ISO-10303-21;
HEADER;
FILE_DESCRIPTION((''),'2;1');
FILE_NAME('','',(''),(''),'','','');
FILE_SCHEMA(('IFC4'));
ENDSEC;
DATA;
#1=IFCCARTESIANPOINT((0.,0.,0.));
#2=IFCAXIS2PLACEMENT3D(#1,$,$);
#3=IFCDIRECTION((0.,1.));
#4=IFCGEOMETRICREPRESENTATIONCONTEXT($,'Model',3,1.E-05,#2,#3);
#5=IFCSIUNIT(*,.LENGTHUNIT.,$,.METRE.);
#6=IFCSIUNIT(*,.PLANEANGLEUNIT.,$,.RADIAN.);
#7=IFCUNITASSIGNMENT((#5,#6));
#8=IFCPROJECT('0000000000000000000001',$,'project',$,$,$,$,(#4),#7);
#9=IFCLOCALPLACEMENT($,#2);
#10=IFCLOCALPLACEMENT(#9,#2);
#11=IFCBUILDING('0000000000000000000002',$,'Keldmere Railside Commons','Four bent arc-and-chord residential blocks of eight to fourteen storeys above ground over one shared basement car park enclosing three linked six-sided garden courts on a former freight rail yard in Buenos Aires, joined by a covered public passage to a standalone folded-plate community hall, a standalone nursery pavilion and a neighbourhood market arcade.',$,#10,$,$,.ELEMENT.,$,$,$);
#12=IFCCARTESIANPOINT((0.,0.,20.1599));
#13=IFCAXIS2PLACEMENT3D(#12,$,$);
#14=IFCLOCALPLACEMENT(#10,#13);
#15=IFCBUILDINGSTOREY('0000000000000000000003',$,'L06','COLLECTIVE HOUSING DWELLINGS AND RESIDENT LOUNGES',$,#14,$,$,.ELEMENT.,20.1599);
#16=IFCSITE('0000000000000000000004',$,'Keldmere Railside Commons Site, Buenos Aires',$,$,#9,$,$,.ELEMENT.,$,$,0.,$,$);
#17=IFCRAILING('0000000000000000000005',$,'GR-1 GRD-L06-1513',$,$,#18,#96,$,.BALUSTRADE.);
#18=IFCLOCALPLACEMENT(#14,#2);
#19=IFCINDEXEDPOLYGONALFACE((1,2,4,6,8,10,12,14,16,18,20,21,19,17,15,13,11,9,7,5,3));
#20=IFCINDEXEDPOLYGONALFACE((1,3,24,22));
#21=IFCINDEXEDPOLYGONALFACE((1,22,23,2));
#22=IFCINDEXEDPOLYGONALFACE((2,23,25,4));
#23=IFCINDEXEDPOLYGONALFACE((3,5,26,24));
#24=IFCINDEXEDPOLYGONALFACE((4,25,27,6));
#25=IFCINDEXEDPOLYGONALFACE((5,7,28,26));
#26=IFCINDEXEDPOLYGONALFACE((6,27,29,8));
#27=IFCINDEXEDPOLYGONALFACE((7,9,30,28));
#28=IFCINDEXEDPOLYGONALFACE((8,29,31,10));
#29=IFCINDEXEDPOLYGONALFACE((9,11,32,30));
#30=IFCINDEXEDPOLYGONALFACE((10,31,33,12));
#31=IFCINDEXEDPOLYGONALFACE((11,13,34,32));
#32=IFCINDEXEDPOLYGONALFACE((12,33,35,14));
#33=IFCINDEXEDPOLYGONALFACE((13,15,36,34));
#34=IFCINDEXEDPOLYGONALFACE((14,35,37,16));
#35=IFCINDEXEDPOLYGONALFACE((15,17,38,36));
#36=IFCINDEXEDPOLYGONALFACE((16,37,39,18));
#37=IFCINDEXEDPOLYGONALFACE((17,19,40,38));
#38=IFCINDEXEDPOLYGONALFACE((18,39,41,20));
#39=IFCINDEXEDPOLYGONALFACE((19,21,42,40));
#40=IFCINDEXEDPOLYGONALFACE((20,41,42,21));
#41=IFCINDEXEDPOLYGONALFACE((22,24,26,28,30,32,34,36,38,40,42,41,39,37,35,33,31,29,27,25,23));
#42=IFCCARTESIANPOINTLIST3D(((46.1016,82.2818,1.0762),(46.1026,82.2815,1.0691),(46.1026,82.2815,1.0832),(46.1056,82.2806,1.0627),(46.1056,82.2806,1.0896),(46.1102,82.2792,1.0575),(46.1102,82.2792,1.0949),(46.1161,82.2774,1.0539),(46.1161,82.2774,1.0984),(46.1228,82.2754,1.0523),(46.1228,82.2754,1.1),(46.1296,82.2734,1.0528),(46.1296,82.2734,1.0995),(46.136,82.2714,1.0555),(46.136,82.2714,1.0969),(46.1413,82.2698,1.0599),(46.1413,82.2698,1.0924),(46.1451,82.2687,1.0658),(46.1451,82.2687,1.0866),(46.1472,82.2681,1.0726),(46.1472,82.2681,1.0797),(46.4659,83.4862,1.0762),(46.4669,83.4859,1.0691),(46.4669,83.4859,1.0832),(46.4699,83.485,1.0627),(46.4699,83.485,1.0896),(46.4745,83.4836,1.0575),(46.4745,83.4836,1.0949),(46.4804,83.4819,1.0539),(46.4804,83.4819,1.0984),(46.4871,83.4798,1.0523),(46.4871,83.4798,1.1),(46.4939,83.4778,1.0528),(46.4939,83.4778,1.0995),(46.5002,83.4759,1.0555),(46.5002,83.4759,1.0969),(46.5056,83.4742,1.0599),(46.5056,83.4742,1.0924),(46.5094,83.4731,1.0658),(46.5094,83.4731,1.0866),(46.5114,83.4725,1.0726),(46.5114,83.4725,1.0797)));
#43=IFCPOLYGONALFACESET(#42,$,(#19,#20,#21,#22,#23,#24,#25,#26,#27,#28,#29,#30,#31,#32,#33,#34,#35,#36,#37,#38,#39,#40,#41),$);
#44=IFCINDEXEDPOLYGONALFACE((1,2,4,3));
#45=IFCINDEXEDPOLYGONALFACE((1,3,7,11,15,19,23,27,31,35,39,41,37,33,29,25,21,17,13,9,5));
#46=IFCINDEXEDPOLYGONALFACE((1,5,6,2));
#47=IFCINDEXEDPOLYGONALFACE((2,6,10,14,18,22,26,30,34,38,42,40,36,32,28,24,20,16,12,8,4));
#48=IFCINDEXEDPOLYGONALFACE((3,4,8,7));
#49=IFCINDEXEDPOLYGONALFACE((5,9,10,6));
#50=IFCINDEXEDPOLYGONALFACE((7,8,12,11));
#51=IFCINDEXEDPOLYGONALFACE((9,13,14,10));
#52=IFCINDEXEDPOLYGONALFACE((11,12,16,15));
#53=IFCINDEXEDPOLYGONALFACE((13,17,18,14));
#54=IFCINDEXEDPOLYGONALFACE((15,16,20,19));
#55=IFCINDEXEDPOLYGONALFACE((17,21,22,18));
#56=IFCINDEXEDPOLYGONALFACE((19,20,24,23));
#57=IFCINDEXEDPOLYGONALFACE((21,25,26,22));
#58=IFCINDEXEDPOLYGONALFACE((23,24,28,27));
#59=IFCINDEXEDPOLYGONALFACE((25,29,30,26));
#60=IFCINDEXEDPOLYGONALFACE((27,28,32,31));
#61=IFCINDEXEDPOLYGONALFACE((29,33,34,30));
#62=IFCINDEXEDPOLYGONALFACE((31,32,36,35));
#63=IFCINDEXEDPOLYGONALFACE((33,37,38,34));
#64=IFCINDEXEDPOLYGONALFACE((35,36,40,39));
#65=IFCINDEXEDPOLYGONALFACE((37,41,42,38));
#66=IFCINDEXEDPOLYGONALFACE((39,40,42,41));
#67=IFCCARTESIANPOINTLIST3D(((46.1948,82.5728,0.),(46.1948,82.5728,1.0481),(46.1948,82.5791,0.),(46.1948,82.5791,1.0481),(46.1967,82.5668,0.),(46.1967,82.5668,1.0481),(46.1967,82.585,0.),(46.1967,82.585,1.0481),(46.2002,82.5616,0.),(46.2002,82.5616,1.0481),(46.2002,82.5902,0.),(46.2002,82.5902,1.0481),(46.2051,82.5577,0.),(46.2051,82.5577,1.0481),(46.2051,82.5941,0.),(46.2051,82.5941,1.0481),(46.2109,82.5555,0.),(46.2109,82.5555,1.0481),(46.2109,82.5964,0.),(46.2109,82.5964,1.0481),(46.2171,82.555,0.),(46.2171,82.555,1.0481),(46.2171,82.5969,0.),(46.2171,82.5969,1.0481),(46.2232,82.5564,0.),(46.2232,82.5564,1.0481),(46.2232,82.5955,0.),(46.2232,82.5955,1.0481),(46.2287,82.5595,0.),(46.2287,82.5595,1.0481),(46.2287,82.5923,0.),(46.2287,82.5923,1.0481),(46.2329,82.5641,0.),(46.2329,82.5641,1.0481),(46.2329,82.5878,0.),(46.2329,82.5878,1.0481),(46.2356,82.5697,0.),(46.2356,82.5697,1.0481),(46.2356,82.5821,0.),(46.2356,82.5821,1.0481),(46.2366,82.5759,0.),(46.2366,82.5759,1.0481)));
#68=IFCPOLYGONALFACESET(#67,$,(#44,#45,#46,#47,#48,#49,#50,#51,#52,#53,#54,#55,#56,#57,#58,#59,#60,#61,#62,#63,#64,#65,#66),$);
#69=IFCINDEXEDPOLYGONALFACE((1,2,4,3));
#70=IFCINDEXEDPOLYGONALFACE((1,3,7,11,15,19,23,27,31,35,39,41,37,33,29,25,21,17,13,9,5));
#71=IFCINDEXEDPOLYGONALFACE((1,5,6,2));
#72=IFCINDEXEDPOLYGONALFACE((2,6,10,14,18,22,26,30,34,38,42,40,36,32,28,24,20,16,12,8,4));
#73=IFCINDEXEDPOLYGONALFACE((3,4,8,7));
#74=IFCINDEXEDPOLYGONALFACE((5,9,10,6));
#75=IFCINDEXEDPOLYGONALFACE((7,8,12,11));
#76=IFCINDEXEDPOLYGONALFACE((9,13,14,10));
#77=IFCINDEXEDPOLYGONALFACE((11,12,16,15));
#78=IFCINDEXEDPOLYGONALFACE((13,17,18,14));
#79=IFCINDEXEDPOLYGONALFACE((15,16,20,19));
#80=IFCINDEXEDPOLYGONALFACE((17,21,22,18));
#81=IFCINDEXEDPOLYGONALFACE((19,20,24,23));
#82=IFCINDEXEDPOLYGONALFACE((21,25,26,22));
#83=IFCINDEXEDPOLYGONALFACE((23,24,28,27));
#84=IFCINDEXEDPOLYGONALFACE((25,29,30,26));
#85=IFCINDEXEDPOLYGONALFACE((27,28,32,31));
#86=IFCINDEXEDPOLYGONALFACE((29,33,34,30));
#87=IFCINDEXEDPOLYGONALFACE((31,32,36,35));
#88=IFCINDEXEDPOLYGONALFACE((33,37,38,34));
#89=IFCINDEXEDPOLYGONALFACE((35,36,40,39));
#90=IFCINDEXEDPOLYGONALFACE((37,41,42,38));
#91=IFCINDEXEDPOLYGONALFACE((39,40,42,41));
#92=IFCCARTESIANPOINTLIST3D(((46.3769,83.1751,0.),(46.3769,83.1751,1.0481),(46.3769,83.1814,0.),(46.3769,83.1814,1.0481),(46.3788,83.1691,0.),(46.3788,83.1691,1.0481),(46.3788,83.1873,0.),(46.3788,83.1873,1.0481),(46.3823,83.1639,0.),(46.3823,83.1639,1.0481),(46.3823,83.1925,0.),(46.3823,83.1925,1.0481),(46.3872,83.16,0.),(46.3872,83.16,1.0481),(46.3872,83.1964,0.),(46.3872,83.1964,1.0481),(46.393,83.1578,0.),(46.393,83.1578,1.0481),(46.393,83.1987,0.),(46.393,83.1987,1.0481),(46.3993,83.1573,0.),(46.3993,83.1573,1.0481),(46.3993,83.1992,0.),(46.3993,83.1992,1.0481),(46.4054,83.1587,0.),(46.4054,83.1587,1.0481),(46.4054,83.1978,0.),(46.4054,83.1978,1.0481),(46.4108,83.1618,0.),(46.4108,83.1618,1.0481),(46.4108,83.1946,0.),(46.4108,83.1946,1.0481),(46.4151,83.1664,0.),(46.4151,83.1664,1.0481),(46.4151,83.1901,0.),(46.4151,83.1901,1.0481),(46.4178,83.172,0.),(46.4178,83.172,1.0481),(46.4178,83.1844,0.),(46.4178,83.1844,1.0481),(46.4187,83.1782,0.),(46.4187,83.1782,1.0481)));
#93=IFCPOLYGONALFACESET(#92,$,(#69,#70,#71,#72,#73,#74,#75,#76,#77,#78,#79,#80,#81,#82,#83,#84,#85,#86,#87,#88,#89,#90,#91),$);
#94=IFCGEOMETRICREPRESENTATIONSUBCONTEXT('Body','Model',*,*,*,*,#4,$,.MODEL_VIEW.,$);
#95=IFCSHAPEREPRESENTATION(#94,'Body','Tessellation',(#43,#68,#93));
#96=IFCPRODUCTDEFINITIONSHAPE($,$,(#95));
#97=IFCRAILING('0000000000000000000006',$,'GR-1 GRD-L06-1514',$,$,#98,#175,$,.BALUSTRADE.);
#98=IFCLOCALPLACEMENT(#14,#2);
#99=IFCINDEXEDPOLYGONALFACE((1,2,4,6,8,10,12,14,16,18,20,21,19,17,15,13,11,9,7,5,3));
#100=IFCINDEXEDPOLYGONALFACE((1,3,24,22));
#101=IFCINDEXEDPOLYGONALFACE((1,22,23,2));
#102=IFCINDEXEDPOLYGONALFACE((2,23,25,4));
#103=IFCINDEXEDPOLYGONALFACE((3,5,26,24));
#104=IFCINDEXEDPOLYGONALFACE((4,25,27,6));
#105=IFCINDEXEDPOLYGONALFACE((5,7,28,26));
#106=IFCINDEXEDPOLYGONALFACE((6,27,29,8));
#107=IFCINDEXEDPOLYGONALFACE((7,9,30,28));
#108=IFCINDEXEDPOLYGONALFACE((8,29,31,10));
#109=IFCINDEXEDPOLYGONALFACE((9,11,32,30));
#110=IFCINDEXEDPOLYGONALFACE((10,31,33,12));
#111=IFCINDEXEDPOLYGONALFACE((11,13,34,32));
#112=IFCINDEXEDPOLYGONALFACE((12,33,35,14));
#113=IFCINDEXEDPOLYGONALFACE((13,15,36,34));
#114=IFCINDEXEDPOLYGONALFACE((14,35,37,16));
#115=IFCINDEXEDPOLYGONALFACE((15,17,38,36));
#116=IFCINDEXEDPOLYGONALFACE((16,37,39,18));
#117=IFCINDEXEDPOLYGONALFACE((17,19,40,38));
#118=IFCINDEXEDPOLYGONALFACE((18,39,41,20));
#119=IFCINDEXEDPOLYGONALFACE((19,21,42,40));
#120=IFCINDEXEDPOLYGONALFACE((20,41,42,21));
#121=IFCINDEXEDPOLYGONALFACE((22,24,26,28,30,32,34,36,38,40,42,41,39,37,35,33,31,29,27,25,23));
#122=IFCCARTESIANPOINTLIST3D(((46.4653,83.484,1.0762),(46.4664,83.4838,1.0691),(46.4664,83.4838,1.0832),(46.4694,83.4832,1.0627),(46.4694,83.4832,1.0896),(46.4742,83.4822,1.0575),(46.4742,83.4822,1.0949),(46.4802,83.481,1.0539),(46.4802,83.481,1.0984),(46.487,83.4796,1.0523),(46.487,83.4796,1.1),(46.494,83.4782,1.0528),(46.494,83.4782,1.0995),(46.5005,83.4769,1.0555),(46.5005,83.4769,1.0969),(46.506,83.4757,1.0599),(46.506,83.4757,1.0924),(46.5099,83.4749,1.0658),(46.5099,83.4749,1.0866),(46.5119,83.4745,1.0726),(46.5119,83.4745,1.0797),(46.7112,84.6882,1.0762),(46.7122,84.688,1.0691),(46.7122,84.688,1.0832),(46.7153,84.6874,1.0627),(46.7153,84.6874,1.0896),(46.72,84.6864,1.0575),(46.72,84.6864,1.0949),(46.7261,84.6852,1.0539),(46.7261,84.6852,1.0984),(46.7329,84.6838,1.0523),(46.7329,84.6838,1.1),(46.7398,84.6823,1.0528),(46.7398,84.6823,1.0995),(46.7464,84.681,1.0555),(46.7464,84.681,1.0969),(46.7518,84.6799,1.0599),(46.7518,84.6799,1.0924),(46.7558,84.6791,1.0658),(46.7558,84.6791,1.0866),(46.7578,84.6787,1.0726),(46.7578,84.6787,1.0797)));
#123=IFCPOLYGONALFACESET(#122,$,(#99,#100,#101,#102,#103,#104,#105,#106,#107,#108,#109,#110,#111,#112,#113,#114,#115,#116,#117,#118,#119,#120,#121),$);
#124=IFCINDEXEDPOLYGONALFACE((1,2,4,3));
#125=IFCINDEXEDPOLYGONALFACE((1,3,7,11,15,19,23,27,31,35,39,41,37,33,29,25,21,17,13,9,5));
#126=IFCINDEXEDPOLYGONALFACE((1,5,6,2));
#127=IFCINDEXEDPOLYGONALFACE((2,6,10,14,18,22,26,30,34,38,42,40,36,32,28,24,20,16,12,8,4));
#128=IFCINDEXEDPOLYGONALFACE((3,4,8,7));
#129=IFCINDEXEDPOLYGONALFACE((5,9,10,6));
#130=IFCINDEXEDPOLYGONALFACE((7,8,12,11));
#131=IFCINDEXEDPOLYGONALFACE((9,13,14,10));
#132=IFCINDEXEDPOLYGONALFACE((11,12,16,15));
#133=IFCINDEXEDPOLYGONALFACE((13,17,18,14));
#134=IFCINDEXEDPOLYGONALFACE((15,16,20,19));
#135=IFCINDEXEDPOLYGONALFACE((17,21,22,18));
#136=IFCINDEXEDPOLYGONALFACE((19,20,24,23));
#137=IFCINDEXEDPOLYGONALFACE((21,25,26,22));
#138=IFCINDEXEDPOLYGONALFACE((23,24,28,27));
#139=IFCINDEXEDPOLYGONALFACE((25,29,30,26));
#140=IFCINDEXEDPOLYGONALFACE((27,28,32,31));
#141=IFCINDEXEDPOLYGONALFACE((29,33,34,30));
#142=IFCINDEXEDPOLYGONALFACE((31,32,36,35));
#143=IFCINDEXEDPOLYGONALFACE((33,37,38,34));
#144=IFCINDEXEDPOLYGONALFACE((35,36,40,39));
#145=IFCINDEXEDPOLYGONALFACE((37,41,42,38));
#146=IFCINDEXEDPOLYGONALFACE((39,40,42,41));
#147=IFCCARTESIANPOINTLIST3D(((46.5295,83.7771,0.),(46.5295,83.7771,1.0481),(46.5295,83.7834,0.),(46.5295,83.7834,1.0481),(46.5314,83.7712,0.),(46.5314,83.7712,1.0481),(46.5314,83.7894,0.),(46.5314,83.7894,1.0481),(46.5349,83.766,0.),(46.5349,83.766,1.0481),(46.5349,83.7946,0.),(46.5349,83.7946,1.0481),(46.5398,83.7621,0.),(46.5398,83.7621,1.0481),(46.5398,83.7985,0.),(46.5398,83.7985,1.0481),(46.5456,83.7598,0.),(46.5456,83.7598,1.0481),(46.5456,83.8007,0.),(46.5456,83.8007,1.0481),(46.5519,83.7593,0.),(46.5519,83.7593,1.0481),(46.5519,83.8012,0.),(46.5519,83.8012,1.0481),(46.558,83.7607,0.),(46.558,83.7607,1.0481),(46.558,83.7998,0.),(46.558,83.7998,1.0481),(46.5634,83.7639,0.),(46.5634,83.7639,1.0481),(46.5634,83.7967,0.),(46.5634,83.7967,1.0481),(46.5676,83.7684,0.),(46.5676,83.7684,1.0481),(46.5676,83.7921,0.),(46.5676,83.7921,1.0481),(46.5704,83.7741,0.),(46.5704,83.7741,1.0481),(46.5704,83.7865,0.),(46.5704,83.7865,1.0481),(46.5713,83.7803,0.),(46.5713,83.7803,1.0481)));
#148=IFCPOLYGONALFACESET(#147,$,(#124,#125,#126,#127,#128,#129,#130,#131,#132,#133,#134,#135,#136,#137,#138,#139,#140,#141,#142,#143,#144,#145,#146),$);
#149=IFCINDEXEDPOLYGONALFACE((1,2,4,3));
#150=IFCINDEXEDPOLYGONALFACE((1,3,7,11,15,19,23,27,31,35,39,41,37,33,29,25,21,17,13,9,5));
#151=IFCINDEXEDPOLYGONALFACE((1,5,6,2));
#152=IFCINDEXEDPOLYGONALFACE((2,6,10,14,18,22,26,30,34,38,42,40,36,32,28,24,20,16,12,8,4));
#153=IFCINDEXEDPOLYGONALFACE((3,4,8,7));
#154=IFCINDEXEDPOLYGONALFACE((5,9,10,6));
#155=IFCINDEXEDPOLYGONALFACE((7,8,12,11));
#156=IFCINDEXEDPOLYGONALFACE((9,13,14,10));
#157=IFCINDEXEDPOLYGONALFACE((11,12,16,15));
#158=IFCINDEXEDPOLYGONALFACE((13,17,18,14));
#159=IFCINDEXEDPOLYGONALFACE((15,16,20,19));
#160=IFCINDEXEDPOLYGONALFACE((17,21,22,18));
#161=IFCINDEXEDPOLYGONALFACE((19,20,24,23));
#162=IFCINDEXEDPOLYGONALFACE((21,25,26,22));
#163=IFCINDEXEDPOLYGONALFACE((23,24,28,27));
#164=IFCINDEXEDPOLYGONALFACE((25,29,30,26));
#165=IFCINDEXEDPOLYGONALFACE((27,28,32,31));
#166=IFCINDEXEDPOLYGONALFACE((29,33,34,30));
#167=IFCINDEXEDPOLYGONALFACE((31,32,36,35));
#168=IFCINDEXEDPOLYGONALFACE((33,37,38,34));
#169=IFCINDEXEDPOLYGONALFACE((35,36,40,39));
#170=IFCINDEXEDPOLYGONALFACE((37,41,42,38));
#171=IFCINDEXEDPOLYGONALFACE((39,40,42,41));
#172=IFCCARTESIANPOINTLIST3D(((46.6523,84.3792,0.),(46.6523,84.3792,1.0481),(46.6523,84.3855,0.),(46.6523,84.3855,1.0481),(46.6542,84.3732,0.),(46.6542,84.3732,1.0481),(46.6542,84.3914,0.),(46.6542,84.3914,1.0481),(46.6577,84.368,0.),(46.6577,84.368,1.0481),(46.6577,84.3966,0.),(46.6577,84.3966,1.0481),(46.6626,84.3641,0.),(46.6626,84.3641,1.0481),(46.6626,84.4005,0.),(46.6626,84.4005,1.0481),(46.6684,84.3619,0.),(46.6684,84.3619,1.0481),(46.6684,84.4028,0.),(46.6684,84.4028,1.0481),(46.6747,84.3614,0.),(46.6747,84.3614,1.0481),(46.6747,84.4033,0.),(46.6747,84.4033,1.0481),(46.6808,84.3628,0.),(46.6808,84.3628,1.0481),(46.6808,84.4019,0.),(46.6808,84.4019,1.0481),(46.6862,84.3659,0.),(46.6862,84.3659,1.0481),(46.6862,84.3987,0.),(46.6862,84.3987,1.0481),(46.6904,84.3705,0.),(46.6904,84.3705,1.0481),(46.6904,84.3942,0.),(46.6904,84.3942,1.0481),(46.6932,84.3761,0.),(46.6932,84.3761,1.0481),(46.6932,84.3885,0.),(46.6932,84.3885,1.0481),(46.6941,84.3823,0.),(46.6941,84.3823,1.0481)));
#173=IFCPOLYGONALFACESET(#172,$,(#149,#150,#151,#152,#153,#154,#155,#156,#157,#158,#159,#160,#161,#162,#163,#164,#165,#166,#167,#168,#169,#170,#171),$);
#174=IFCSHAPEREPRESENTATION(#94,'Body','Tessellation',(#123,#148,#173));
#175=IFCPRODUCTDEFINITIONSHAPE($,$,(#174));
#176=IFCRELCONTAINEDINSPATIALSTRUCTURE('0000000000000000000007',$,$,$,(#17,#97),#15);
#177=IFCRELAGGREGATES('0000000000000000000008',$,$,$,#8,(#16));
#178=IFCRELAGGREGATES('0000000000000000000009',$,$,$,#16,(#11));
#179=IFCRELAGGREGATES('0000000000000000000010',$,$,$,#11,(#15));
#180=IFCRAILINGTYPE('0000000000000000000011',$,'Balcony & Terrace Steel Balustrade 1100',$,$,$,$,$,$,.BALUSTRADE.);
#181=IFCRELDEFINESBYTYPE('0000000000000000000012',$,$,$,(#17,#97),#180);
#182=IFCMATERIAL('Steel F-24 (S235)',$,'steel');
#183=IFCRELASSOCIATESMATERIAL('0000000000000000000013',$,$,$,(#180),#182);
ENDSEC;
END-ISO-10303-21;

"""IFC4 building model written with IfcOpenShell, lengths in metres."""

from ifc_helpers import new_model, si_unit, direction, frame, origin, origin_2d, place, context, subcontext, project, spatial, circle, extrude, material, type_object, element, save


model = new_model("IFC4")

# Units and contexts
model_context = context("Model", 3, precision=1e-05, world=origin(), true_north=direction((0.0, 1.0)))
body_context = subcontext(model_context, "Body", "Model", "MODEL_VIEW")
ifc_project = project(units=[si_unit("LENGTHUNIT", "METRE"), si_unit("PLANEANGLEUNIT", "RADIAN")], contexts=[model_context])

# Site, building, storey
site_placement = place(None, origin())
site = spatial("IfcSite", under=ifc_project, at=site_placement, Name="Keldmere Railside Commons Site, Buenos Aires", CompositionType="ELEMENT", RefElevation=0.0)
building_placement = place(site_placement, origin())
building = spatial("IfcBuilding", under=site, at=building_placement, Name="Keldmere Railside Commons", Description="Four bent arc-and-chord residential blocks of eight to fourteen storeys above ground over one shared basement car park enclosing three linked six-sided garden courts on a former freight rail yard in Buenos Aires, joined by a covered public passage to a standalone folded-plate community hall, a standalone nursery pavilion and a neighbourhood market arcade.", CompositionType="ELEMENT")
storey_placement = place(building_placement, frame((0.0, 0.0, 20.1599)))
storey = spatial("IfcBuildingStorey", under=building, at=storey_placement, Name="L06", Description="COLLECTIVE HOUSING DWELLINGS AND RESIDENT LOUNGES", CompositionType="ELEMENT", Elevation=20.1599)

# Railings
ifc_material_1 = material(Name="Steel F-24 (S235)", Category="steel")
railing_type = type_object("IfcRailingType", Name="Balcony & Terrace Steel Balustrade 1100", PredefinedType="BALUSTRADE", material=ifc_material_1)
railing_1_placement = place(storey_placement, frame((46.1245, 82.2749, 0.0)))
element("IfcRailing", 1, at=railing_1_placement, inside=storey, type_object=railing_type, Name="GR-1 GRD-L06-1513", PredefinedType="BALUSTRADE", context=body_context, shape_type="SweptSolid", body=[
    extrude(circle(Radius=0.0239, at=origin_2d()), frame((0.0, 0.0, 1.0762), z_axis=(0.289501, 0.957178, 0.0), x_axis=(-0.957178, 0.289501, 0.0)), (0.0, 0.0, 1.0), 1.2583),
    extrude(circle(Radius=0.021, at=origin_2d()), frame((0.0911, 0.301, 0.0)), (0.0, 0.0, 1.0), 1.0481),
    extrude(circle(Radius=0.021, at=origin_2d()), frame((0.2732, 0.9033, 0.0)), (0.0, 0.0, 1.0), 1.0481),
])
railing_2_placement = place(storey_placement, frame((46.4888, 83.4792, 0.0)))
element("IfcRailing", 2, at=railing_2_placement, inside=storey, type_object=railing_type, Name="GR-1 GRD-L06-1514", PredefinedType="BALUSTRADE", context=body_context, shape_type="SweptSolid", body=[
    extrude(circle(Radius=0.0239, at=origin_2d()), frame((0.0, 0.0, 1.0762), z_axis=(0.20005, 0.979786, 0.0), x_axis=(-0.979786, 0.20005, 0.0)), (0.0, 0.0, 1.0), 1.229),
    extrude(circle(Radius=0.021, at=origin_2d()), frame((0.0615, 0.301, 0.0)), (0.0, 0.0, 1.0), 1.0481),
    extrude(circle(Radius=0.021, at=origin_2d()), frame((0.1843, 0.9031, 0.0)), (0.0, 0.0, 1.0), 1.0481),
])

save(model, "model.ifc")
